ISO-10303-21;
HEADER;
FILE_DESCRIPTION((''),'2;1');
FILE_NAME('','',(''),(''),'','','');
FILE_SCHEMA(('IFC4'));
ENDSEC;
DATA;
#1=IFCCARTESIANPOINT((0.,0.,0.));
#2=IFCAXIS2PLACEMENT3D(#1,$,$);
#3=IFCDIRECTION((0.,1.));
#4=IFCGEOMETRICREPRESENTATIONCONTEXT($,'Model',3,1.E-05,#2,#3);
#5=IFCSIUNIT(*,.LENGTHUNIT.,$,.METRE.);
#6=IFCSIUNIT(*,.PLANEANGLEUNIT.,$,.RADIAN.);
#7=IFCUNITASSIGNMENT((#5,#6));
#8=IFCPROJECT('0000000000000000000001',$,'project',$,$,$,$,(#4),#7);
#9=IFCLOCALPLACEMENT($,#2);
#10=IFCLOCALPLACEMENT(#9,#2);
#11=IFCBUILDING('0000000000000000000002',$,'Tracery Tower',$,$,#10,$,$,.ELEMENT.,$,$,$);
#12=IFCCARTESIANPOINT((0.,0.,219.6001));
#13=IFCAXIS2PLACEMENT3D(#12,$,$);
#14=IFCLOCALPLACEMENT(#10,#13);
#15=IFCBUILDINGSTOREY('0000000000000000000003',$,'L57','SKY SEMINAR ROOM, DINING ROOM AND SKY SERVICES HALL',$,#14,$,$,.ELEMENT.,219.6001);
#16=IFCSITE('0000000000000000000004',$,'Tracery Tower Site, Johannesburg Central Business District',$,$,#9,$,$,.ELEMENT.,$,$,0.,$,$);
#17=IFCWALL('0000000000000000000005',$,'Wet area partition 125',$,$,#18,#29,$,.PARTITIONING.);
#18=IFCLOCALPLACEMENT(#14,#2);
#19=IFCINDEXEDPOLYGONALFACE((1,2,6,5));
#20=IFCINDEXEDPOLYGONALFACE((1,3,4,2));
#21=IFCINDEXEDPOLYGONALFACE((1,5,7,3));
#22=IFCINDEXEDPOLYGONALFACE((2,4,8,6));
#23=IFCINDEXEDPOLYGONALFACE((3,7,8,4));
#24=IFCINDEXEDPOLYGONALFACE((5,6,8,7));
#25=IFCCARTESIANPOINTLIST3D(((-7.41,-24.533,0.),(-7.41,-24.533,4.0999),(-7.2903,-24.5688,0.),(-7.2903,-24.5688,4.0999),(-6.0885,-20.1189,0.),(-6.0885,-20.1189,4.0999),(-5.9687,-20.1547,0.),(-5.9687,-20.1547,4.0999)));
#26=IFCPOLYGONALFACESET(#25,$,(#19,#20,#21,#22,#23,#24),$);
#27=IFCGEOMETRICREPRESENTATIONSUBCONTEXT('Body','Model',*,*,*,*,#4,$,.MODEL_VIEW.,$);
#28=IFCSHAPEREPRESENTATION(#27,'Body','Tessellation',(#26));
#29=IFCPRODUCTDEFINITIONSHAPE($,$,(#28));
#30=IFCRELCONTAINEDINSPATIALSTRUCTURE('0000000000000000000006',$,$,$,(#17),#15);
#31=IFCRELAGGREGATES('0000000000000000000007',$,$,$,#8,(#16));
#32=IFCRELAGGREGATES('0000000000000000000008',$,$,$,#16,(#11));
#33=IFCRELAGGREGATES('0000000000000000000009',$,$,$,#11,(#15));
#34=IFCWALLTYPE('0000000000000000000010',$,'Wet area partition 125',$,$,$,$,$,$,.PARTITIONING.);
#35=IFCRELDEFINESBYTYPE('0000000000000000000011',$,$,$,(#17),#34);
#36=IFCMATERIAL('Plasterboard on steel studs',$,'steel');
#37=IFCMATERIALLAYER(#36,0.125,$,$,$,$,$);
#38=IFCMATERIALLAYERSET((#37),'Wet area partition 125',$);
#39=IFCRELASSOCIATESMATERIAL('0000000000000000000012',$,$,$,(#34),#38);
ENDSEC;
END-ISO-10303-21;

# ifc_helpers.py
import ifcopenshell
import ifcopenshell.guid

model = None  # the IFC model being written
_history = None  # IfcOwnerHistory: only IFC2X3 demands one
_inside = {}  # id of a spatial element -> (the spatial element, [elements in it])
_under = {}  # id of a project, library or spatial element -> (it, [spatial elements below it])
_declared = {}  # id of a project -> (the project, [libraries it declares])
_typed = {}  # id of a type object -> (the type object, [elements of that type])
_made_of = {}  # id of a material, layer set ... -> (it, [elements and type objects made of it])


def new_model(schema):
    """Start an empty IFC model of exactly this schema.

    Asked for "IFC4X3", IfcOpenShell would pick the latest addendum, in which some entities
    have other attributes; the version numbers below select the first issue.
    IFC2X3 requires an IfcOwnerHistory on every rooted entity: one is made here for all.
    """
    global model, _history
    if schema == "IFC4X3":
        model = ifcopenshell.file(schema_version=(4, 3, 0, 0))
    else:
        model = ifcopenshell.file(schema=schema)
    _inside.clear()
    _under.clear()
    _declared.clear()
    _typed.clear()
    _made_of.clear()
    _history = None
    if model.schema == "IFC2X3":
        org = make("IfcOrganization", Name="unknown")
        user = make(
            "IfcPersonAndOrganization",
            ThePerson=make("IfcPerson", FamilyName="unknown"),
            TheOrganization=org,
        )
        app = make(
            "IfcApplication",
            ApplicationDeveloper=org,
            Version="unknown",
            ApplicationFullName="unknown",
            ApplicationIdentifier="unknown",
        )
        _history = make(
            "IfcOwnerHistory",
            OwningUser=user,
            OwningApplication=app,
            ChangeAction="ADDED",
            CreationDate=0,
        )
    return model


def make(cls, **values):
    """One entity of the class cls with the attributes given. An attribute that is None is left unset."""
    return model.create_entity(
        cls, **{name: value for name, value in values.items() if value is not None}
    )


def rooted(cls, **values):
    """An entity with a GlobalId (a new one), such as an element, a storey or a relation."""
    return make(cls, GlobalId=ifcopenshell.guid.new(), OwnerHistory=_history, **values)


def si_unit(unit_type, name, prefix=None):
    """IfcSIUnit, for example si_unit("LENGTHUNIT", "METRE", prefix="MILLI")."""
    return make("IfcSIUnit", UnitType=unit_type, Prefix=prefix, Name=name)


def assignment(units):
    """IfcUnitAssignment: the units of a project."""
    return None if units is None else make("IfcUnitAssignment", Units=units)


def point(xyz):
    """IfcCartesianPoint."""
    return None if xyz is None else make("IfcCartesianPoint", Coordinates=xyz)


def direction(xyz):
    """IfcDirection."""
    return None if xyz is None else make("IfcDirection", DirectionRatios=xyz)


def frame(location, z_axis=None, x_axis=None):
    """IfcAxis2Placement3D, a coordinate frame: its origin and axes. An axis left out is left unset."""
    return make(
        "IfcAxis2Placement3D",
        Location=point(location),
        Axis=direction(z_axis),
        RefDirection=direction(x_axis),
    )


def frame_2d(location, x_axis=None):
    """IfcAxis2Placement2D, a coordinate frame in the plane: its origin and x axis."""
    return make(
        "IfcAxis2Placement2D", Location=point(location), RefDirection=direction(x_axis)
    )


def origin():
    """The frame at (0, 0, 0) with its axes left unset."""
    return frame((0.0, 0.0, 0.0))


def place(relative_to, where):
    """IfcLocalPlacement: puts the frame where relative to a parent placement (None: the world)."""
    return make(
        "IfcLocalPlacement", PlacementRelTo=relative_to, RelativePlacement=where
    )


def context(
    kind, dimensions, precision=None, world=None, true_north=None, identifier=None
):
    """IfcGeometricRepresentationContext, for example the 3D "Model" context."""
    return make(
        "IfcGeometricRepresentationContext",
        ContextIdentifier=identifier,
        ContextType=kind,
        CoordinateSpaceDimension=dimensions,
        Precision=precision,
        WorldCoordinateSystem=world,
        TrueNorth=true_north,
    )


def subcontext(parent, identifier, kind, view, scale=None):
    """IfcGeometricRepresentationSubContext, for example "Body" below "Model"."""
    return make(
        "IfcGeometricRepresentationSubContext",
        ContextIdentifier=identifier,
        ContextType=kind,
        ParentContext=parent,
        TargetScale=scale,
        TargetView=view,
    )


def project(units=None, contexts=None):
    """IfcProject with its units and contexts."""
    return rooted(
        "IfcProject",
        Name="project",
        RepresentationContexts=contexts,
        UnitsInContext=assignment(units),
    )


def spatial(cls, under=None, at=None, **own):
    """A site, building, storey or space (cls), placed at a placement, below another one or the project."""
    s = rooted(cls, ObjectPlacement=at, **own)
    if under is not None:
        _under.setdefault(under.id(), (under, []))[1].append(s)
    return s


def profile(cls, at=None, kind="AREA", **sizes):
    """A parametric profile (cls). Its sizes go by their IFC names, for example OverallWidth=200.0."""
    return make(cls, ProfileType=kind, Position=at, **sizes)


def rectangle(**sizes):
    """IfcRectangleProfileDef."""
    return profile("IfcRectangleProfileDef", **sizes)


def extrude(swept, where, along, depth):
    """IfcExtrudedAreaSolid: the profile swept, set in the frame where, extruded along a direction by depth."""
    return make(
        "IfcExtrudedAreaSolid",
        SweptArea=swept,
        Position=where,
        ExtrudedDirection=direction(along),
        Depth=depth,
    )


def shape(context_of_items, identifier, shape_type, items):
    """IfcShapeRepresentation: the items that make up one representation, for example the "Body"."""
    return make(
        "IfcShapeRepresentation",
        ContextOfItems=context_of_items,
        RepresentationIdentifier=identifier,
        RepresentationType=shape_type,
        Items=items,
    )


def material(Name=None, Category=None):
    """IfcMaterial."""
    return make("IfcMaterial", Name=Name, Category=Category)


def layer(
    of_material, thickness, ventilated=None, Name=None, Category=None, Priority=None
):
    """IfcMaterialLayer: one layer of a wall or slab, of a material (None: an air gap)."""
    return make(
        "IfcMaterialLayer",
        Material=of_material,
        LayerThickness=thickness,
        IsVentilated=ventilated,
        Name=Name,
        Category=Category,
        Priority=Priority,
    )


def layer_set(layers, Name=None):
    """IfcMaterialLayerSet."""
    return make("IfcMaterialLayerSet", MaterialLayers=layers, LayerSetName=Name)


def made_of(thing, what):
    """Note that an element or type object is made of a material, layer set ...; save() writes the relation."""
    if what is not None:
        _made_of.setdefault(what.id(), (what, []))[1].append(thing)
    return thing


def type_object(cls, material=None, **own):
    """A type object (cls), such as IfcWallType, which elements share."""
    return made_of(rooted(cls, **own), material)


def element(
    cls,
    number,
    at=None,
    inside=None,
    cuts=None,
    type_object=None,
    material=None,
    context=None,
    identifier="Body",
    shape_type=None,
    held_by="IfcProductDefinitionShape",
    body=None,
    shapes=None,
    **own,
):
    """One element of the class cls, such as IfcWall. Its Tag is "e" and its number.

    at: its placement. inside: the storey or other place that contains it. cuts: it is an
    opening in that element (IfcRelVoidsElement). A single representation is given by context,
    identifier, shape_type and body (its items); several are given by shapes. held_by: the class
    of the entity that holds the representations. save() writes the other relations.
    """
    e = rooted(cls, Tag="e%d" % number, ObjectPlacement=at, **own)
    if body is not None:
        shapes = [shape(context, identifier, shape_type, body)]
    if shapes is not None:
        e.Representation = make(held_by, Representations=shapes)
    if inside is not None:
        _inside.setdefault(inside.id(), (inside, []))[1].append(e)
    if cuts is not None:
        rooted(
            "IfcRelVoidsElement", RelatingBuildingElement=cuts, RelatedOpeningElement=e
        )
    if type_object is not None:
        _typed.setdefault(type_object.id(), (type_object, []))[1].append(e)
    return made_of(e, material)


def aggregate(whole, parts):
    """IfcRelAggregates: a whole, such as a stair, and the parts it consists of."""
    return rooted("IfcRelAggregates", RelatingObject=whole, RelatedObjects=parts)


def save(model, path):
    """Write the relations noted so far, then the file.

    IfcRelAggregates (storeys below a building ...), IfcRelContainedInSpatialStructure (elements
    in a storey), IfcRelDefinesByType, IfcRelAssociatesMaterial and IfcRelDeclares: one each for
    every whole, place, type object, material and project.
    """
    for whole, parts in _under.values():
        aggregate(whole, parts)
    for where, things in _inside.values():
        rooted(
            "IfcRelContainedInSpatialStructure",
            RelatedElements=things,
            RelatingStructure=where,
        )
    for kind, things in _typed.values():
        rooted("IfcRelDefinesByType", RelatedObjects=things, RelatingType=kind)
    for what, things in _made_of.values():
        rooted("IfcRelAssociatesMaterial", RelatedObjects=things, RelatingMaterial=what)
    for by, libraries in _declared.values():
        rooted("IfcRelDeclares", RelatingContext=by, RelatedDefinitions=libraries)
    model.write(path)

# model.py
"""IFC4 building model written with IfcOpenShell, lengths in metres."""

from ifc_helpers import new_model, si_unit, direction, frame, frame_2d, origin, place, context, subcontext, project, spatial, rectangle, extrude, material, layer, layer_set, type_object, element, save


model = new_model("IFC4")

# Units and contexts
model_context = context("Model", 3, precision=1e-05, world=origin(), true_north=direction((0.0, 1.0)))
body_context = subcontext(model_context, "Body", "Model", "MODEL_VIEW")
ifc_project = project(units=[si_unit("LENGTHUNIT", "METRE"), si_unit("PLANEANGLEUNIT", "RADIAN")], contexts=[model_context])

# Site, building, storey
site_placement = place(None, origin())
site = spatial("IfcSite", under=ifc_project, at=site_placement, Name="Tracery Tower Site, Johannesburg Central Business District", CompositionType="ELEMENT", RefElevation=0.0)
building_placement = place(site_placement, origin())
building = spatial("IfcBuilding", under=site, at=building_placement, Name="Tracery Tower", CompositionType="ELEMENT")
storey_placement = place(building_placement, frame((0.0, 0.0, 219.6001)))
storey = spatial("IfcBuildingStorey", under=building, at=storey_placement, Name="L57", Description="SKY SEMINAR ROOM, DINING ROOM AND SKY SERVICES HALL", CompositionType="ELEMENT", Elevation=219.6001)

# Wall
ifc_material_1 = material(Name="Plasterboard on steel studs", Category="steel")
ifc_layer_1 = layer(ifc_material_1, 0.125)
ifc_layer_set_1 = layer_set([ifc_layer_1], Name="Wet area partition 125")
wall_type = type_object("IfcWallType", Name="Wet area partition 125", PredefinedType="PARTITIONING", material=ifc_layer_set_1)
wall_placement = place(storey_placement, frame((-7.3501, -24.5508, 0.0), z_axis=(0.0, 0.0, 1.0), x_axis=(0.286813, 0.957987, 0.0)))
element("IfcWall", 1, at=wall_placement, inside=storey, type_object=wall_type, Name="Wet area partition 125", PredefinedType="PARTITIONING", context=body_context, shape_type="SweptSolid", body=[
    extrude(rectangle(XDim=4.6077, YDim=0.125, at=frame_2d((2.3037, 0.0))), origin(), (0.0, 0.0, 1.0), 4.0999),
])

save(model, "model.ifc")
